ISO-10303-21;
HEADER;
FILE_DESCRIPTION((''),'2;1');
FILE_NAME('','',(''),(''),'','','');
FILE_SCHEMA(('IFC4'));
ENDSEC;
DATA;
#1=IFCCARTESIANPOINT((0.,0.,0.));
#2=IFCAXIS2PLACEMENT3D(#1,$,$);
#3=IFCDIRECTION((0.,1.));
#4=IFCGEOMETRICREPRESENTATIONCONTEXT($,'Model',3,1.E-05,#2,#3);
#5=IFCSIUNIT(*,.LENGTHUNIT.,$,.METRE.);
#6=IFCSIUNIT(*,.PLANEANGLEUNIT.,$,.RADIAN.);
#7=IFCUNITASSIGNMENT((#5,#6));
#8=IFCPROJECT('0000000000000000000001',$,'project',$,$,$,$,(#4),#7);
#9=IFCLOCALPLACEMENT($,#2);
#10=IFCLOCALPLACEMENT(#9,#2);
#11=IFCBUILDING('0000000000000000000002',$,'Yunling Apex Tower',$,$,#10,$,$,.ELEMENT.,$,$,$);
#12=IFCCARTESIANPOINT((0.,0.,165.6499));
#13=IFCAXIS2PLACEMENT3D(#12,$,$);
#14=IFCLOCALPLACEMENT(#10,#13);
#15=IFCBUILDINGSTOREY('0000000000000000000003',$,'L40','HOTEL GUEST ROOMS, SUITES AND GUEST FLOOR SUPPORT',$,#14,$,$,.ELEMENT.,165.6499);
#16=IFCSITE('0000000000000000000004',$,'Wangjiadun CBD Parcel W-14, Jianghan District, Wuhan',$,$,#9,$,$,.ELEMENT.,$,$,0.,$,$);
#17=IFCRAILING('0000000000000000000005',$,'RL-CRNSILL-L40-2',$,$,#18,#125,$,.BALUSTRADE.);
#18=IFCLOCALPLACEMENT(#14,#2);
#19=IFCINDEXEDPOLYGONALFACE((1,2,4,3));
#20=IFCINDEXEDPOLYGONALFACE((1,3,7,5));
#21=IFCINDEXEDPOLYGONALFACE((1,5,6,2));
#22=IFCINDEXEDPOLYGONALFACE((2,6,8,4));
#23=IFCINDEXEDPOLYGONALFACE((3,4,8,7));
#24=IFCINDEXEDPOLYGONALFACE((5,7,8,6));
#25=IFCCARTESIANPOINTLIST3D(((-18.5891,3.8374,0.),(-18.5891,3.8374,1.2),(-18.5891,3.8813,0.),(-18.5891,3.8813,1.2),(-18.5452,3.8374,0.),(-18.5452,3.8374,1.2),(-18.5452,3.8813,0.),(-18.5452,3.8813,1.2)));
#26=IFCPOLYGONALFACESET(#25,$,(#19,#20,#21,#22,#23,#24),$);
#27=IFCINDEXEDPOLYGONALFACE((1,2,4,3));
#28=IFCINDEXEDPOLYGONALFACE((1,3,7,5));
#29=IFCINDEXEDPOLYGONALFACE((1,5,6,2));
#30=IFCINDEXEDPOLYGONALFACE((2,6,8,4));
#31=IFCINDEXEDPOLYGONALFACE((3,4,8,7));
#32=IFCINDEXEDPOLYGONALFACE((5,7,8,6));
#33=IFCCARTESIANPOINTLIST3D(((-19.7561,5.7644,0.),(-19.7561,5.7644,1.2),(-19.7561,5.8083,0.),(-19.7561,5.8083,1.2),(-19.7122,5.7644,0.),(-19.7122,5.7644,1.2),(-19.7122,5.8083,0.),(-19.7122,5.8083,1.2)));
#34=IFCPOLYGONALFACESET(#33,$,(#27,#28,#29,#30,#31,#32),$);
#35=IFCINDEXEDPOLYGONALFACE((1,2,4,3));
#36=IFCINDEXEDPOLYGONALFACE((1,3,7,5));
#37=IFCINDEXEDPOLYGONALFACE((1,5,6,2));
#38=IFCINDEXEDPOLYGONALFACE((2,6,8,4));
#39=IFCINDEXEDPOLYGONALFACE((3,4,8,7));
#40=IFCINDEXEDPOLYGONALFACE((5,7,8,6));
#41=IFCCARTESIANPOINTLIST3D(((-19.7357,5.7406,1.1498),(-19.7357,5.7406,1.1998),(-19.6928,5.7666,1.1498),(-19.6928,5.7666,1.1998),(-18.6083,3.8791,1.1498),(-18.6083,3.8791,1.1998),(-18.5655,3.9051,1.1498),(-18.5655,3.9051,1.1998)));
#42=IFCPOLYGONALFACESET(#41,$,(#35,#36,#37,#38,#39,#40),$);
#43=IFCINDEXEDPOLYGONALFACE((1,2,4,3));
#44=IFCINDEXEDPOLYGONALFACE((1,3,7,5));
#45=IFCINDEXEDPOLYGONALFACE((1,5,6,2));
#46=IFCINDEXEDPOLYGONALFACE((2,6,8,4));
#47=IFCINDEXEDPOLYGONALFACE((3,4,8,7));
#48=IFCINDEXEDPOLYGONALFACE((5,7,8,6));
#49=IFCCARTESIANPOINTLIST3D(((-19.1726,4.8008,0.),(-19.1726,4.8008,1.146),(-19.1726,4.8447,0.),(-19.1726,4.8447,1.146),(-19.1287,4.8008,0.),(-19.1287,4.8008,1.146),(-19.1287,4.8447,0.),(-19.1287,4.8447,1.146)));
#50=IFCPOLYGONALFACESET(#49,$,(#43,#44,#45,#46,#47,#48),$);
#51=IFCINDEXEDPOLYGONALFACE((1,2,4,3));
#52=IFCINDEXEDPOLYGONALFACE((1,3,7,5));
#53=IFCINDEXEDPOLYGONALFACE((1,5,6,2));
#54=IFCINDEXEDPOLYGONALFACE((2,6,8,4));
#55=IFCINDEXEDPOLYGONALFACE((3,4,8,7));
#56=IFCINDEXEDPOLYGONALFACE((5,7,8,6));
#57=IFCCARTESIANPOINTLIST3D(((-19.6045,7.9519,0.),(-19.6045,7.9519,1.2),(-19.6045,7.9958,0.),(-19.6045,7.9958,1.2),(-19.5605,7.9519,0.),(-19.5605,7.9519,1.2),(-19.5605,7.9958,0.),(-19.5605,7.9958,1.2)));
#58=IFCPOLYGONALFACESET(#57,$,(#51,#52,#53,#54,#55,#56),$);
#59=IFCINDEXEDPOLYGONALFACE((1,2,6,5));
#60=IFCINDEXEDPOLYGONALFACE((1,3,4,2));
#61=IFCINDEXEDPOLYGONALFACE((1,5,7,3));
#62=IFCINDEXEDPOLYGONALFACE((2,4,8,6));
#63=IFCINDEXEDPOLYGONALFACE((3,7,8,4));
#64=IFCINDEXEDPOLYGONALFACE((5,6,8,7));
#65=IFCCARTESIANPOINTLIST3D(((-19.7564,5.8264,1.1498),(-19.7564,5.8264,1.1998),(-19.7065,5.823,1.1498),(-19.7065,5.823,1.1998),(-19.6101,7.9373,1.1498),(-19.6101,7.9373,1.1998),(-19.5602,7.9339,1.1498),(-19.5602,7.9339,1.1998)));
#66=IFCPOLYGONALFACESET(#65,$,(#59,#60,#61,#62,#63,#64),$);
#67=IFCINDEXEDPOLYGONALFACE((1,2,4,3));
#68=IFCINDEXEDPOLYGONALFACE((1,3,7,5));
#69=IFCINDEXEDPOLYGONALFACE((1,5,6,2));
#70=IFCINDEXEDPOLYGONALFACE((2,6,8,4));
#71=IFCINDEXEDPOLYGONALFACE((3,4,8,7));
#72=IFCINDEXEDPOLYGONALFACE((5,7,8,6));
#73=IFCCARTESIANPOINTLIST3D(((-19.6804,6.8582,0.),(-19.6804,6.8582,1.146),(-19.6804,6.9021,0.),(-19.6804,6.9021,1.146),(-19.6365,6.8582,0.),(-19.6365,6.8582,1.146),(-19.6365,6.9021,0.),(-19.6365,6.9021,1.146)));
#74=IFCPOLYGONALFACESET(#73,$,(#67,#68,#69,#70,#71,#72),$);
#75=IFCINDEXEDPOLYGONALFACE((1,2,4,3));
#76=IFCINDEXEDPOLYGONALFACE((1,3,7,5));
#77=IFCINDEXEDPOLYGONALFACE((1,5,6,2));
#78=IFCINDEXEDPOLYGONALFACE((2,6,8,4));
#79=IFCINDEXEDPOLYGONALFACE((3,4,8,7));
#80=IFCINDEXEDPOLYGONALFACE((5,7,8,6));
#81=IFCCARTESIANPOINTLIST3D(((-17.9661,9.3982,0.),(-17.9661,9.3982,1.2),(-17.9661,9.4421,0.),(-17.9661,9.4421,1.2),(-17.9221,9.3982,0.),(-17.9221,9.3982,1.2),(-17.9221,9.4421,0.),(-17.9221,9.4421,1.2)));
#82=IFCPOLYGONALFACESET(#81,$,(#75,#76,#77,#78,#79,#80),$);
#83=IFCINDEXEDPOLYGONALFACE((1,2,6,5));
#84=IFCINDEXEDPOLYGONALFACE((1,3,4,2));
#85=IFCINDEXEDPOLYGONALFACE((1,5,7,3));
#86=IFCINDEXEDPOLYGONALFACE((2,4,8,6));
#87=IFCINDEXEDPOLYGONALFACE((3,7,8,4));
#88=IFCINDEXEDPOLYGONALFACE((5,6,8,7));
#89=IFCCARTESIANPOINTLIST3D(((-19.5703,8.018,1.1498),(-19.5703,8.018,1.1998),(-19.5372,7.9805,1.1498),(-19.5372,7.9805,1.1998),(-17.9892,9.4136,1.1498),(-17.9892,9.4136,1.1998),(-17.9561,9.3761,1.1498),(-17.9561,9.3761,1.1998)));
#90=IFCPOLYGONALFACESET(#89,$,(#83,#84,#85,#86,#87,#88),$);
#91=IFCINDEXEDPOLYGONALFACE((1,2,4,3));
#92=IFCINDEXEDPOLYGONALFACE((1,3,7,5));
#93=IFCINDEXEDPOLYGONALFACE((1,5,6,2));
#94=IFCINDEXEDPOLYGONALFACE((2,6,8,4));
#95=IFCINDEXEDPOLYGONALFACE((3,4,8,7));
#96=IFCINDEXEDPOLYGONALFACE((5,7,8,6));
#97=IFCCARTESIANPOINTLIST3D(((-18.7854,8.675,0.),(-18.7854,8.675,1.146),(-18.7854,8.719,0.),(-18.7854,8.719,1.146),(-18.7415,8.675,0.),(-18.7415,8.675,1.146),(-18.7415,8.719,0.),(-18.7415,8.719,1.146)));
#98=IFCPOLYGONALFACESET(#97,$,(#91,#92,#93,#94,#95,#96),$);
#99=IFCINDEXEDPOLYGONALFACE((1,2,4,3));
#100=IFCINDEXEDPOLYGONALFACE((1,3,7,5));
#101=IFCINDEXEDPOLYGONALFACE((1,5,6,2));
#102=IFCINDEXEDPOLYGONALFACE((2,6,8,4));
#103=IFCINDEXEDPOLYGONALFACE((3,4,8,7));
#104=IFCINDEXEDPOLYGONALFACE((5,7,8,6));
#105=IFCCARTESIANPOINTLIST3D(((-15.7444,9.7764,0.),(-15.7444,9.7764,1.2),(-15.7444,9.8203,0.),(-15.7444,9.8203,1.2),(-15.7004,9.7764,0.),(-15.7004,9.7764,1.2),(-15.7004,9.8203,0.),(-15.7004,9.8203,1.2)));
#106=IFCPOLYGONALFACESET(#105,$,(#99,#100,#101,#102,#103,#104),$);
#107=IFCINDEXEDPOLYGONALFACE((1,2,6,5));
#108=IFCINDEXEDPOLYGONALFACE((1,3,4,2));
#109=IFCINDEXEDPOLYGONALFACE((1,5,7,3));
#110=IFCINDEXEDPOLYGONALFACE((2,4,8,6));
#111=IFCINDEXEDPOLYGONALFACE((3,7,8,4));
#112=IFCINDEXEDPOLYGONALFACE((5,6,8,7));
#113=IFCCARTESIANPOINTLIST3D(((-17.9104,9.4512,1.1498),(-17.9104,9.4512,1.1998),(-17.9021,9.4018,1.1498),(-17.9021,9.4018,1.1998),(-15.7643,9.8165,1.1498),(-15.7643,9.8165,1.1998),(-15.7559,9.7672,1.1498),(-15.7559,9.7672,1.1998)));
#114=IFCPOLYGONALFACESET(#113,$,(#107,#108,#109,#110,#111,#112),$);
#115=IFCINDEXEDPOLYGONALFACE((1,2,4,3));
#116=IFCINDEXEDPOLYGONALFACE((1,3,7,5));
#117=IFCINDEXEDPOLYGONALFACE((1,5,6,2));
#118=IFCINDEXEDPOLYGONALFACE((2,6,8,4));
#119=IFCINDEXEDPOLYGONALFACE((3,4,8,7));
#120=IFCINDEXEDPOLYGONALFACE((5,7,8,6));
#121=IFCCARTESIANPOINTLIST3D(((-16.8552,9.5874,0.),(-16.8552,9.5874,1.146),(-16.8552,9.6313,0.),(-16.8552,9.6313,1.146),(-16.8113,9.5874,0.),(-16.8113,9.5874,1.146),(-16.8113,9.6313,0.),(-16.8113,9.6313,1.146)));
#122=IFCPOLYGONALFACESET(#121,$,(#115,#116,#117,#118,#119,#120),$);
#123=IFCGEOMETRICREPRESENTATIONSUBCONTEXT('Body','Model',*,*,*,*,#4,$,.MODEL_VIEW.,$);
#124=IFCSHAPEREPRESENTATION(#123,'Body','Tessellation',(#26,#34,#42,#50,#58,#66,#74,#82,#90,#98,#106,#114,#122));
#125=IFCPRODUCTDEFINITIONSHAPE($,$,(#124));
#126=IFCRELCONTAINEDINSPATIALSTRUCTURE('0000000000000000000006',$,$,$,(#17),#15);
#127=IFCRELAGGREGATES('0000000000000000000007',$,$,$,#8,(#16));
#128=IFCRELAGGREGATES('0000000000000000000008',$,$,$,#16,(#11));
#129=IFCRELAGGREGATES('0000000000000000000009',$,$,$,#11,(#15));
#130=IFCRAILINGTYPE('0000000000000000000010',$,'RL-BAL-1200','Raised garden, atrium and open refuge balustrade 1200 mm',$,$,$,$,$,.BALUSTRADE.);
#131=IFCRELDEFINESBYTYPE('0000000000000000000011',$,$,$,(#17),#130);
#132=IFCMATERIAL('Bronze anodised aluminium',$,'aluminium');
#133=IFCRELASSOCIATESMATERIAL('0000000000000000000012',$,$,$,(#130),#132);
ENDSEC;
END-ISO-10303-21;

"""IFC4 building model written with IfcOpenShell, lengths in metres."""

from ifc_helpers import new_model, si_unit, direction, frame, origin, origin_2d, place, context, subcontext, project, spatial, rectangle, extrude, material, type_object, element, save


model = new_model("IFC4")

# Units and contexts
model_context = context("Model", 3, precision=1e-05, world=origin(), true_north=direction((0.0, 1.0)))
body_context = subcontext(model_context, "Body", "Model", "MODEL_VIEW")
ifc_project = project(units=[si_unit("LENGTHUNIT", "METRE"), si_unit("PLANEANGLEUNIT", "RADIAN")], contexts=[model_context])

# Site, building, storey
site_placement = place(None, origin())
site = spatial("IfcSite", under=ifc_project, at=site_placement, Name="Wangjiadun CBD Parcel W-14, Jianghan District, Wuhan", CompositionType="ELEMENT", RefElevation=0.0)
building_placement = place(site_placement, origin())
building = spatial("IfcBuilding", under=site, at=building_placement, Name="Yunling Apex Tower", CompositionType="ELEMENT")
storey_placement = place(building_placement, frame((0.0, 0.0, 165.6499)))
storey = spatial("IfcBuildingStorey", under=building, at=storey_placement, Name="L40", Description="HOTEL GUEST ROOMS, SUITES AND GUEST FLOOR SUPPORT", CompositionType="ELEMENT", Elevation=165.6499)

# Shared definitions
ifc_material_1 = material(Name="Bronze anodised aluminium", Category="aluminium")

# Railing
railing_type = type_object("IfcRailingType", Name="RL-BAL-1200", Description="Raised garden, atrium and open refuge balustrade 1200 mm", PredefinedType="BALUSTRADE", material=ifc_material_1)
railing_placement = place(storey_placement, frame((-18.5671, 3.8594, 0.0)))
element("IfcRailing", 1, at=railing_placement, inside=storey, type_object=railing_type, Name="RL-CRNSILL-L40-2", PredefinedType="BALUSTRADE", context=body_context, shape_type="SweptSolid", body=[
    extrude(rectangle(XDim=0.0439, YDim=0.0439, at=origin_2d()), origin(), (0.0, 0.0, 1.0), 1.2),
    extrude(rectangle(XDim=0.0439, YDim=0.0439, at=origin_2d()), frame((-1.167, 1.927, 0.0)), (0.0, 0.0, 1.0), 1.2),
    extrude(rectangle(XDim=0.05, YDim=0.05, at=origin_2d()), frame((-0.0198, 0.0327, 1.1748), z_axis=(-0.518013, 0.855372, 0.0), x_axis=(-0.855372, -0.518013, 0.0)), (0.0, 0.0, 1.0), 2.1763),
    extrude(rectangle(XDim=0.0439, YDim=0.0439, at=origin_2d()), frame((-0.5835, 0.9634, 0.0)), (0.0, 0.0, 1.0), 1.146),
    extrude(rectangle(XDim=0.0439, YDim=0.0439, at=origin_2d()), frame((-1.0154, 4.1145, 0.0)), (0.0, 0.0, 1.0), 1.2),
    extrude(rectangle(XDim=0.05, YDim=0.05, at=origin_2d()), frame((-1.1643, 1.9653, 1.1748), z_axis=(0.069142, 0.997607, 0.0), x_axis=(-0.997607, 0.069142, 0.0)), (0.0, 0.0, 1.0), 2.116),
    extrude(rectangle(XDim=0.0439, YDim=0.0439, at=origin_2d()), frame((-1.0913, 3.0208, 0.0)), (0.0, 0.0, 1.0), 1.146),
    extrude(rectangle(XDim=0.0439, YDim=0.0439, at=origin_2d()), frame((0.623, 5.5608, 0.0)), (0.0, 0.0, 1.0), 1.2),
    extrude(rectangle(XDim=0.05, YDim=0.05, at=origin_2d()), frame((-0.9866, 4.1399, 1.1748), z_axis=(0.749698, 0.66178, 0.0), x_axis=(-0.66178, 0.749698, 0.0)), (0.0, 0.0, 1.0), 2.1089),
    extrude(rectangle(XDim=0.0439, YDim=0.0439, at=origin_2d()), frame((-0.1963, 4.8376, 0.0)), (0.0, 0.0, 1.0), 1.146),
    extrude(rectangle(XDim=0.0439, YDim=0.0439, at=origin_2d()), frame((2.8447, 5.939, 0.0)), (0.0, 0.0, 1.0), 1.2),
    extrude(rectangle(XDim=0.05, YDim=0.05, at=origin_2d()), frame((0.6609, 5.5671, 1.1748), z_axis=(0.98582, 0.167806, 0.0), x_axis=(-0.167806, 0.98582, 0.0)), (0.0, 0.0, 1.0), 2.177),
    extrude(rectangle(XDim=0.0439, YDim=0.0439, at=origin_2d()), frame((1.7339, 5.75, 0.0)), (0.0, 0.0, 1.0), 1.146),
])

save(model, "model.ifc")
